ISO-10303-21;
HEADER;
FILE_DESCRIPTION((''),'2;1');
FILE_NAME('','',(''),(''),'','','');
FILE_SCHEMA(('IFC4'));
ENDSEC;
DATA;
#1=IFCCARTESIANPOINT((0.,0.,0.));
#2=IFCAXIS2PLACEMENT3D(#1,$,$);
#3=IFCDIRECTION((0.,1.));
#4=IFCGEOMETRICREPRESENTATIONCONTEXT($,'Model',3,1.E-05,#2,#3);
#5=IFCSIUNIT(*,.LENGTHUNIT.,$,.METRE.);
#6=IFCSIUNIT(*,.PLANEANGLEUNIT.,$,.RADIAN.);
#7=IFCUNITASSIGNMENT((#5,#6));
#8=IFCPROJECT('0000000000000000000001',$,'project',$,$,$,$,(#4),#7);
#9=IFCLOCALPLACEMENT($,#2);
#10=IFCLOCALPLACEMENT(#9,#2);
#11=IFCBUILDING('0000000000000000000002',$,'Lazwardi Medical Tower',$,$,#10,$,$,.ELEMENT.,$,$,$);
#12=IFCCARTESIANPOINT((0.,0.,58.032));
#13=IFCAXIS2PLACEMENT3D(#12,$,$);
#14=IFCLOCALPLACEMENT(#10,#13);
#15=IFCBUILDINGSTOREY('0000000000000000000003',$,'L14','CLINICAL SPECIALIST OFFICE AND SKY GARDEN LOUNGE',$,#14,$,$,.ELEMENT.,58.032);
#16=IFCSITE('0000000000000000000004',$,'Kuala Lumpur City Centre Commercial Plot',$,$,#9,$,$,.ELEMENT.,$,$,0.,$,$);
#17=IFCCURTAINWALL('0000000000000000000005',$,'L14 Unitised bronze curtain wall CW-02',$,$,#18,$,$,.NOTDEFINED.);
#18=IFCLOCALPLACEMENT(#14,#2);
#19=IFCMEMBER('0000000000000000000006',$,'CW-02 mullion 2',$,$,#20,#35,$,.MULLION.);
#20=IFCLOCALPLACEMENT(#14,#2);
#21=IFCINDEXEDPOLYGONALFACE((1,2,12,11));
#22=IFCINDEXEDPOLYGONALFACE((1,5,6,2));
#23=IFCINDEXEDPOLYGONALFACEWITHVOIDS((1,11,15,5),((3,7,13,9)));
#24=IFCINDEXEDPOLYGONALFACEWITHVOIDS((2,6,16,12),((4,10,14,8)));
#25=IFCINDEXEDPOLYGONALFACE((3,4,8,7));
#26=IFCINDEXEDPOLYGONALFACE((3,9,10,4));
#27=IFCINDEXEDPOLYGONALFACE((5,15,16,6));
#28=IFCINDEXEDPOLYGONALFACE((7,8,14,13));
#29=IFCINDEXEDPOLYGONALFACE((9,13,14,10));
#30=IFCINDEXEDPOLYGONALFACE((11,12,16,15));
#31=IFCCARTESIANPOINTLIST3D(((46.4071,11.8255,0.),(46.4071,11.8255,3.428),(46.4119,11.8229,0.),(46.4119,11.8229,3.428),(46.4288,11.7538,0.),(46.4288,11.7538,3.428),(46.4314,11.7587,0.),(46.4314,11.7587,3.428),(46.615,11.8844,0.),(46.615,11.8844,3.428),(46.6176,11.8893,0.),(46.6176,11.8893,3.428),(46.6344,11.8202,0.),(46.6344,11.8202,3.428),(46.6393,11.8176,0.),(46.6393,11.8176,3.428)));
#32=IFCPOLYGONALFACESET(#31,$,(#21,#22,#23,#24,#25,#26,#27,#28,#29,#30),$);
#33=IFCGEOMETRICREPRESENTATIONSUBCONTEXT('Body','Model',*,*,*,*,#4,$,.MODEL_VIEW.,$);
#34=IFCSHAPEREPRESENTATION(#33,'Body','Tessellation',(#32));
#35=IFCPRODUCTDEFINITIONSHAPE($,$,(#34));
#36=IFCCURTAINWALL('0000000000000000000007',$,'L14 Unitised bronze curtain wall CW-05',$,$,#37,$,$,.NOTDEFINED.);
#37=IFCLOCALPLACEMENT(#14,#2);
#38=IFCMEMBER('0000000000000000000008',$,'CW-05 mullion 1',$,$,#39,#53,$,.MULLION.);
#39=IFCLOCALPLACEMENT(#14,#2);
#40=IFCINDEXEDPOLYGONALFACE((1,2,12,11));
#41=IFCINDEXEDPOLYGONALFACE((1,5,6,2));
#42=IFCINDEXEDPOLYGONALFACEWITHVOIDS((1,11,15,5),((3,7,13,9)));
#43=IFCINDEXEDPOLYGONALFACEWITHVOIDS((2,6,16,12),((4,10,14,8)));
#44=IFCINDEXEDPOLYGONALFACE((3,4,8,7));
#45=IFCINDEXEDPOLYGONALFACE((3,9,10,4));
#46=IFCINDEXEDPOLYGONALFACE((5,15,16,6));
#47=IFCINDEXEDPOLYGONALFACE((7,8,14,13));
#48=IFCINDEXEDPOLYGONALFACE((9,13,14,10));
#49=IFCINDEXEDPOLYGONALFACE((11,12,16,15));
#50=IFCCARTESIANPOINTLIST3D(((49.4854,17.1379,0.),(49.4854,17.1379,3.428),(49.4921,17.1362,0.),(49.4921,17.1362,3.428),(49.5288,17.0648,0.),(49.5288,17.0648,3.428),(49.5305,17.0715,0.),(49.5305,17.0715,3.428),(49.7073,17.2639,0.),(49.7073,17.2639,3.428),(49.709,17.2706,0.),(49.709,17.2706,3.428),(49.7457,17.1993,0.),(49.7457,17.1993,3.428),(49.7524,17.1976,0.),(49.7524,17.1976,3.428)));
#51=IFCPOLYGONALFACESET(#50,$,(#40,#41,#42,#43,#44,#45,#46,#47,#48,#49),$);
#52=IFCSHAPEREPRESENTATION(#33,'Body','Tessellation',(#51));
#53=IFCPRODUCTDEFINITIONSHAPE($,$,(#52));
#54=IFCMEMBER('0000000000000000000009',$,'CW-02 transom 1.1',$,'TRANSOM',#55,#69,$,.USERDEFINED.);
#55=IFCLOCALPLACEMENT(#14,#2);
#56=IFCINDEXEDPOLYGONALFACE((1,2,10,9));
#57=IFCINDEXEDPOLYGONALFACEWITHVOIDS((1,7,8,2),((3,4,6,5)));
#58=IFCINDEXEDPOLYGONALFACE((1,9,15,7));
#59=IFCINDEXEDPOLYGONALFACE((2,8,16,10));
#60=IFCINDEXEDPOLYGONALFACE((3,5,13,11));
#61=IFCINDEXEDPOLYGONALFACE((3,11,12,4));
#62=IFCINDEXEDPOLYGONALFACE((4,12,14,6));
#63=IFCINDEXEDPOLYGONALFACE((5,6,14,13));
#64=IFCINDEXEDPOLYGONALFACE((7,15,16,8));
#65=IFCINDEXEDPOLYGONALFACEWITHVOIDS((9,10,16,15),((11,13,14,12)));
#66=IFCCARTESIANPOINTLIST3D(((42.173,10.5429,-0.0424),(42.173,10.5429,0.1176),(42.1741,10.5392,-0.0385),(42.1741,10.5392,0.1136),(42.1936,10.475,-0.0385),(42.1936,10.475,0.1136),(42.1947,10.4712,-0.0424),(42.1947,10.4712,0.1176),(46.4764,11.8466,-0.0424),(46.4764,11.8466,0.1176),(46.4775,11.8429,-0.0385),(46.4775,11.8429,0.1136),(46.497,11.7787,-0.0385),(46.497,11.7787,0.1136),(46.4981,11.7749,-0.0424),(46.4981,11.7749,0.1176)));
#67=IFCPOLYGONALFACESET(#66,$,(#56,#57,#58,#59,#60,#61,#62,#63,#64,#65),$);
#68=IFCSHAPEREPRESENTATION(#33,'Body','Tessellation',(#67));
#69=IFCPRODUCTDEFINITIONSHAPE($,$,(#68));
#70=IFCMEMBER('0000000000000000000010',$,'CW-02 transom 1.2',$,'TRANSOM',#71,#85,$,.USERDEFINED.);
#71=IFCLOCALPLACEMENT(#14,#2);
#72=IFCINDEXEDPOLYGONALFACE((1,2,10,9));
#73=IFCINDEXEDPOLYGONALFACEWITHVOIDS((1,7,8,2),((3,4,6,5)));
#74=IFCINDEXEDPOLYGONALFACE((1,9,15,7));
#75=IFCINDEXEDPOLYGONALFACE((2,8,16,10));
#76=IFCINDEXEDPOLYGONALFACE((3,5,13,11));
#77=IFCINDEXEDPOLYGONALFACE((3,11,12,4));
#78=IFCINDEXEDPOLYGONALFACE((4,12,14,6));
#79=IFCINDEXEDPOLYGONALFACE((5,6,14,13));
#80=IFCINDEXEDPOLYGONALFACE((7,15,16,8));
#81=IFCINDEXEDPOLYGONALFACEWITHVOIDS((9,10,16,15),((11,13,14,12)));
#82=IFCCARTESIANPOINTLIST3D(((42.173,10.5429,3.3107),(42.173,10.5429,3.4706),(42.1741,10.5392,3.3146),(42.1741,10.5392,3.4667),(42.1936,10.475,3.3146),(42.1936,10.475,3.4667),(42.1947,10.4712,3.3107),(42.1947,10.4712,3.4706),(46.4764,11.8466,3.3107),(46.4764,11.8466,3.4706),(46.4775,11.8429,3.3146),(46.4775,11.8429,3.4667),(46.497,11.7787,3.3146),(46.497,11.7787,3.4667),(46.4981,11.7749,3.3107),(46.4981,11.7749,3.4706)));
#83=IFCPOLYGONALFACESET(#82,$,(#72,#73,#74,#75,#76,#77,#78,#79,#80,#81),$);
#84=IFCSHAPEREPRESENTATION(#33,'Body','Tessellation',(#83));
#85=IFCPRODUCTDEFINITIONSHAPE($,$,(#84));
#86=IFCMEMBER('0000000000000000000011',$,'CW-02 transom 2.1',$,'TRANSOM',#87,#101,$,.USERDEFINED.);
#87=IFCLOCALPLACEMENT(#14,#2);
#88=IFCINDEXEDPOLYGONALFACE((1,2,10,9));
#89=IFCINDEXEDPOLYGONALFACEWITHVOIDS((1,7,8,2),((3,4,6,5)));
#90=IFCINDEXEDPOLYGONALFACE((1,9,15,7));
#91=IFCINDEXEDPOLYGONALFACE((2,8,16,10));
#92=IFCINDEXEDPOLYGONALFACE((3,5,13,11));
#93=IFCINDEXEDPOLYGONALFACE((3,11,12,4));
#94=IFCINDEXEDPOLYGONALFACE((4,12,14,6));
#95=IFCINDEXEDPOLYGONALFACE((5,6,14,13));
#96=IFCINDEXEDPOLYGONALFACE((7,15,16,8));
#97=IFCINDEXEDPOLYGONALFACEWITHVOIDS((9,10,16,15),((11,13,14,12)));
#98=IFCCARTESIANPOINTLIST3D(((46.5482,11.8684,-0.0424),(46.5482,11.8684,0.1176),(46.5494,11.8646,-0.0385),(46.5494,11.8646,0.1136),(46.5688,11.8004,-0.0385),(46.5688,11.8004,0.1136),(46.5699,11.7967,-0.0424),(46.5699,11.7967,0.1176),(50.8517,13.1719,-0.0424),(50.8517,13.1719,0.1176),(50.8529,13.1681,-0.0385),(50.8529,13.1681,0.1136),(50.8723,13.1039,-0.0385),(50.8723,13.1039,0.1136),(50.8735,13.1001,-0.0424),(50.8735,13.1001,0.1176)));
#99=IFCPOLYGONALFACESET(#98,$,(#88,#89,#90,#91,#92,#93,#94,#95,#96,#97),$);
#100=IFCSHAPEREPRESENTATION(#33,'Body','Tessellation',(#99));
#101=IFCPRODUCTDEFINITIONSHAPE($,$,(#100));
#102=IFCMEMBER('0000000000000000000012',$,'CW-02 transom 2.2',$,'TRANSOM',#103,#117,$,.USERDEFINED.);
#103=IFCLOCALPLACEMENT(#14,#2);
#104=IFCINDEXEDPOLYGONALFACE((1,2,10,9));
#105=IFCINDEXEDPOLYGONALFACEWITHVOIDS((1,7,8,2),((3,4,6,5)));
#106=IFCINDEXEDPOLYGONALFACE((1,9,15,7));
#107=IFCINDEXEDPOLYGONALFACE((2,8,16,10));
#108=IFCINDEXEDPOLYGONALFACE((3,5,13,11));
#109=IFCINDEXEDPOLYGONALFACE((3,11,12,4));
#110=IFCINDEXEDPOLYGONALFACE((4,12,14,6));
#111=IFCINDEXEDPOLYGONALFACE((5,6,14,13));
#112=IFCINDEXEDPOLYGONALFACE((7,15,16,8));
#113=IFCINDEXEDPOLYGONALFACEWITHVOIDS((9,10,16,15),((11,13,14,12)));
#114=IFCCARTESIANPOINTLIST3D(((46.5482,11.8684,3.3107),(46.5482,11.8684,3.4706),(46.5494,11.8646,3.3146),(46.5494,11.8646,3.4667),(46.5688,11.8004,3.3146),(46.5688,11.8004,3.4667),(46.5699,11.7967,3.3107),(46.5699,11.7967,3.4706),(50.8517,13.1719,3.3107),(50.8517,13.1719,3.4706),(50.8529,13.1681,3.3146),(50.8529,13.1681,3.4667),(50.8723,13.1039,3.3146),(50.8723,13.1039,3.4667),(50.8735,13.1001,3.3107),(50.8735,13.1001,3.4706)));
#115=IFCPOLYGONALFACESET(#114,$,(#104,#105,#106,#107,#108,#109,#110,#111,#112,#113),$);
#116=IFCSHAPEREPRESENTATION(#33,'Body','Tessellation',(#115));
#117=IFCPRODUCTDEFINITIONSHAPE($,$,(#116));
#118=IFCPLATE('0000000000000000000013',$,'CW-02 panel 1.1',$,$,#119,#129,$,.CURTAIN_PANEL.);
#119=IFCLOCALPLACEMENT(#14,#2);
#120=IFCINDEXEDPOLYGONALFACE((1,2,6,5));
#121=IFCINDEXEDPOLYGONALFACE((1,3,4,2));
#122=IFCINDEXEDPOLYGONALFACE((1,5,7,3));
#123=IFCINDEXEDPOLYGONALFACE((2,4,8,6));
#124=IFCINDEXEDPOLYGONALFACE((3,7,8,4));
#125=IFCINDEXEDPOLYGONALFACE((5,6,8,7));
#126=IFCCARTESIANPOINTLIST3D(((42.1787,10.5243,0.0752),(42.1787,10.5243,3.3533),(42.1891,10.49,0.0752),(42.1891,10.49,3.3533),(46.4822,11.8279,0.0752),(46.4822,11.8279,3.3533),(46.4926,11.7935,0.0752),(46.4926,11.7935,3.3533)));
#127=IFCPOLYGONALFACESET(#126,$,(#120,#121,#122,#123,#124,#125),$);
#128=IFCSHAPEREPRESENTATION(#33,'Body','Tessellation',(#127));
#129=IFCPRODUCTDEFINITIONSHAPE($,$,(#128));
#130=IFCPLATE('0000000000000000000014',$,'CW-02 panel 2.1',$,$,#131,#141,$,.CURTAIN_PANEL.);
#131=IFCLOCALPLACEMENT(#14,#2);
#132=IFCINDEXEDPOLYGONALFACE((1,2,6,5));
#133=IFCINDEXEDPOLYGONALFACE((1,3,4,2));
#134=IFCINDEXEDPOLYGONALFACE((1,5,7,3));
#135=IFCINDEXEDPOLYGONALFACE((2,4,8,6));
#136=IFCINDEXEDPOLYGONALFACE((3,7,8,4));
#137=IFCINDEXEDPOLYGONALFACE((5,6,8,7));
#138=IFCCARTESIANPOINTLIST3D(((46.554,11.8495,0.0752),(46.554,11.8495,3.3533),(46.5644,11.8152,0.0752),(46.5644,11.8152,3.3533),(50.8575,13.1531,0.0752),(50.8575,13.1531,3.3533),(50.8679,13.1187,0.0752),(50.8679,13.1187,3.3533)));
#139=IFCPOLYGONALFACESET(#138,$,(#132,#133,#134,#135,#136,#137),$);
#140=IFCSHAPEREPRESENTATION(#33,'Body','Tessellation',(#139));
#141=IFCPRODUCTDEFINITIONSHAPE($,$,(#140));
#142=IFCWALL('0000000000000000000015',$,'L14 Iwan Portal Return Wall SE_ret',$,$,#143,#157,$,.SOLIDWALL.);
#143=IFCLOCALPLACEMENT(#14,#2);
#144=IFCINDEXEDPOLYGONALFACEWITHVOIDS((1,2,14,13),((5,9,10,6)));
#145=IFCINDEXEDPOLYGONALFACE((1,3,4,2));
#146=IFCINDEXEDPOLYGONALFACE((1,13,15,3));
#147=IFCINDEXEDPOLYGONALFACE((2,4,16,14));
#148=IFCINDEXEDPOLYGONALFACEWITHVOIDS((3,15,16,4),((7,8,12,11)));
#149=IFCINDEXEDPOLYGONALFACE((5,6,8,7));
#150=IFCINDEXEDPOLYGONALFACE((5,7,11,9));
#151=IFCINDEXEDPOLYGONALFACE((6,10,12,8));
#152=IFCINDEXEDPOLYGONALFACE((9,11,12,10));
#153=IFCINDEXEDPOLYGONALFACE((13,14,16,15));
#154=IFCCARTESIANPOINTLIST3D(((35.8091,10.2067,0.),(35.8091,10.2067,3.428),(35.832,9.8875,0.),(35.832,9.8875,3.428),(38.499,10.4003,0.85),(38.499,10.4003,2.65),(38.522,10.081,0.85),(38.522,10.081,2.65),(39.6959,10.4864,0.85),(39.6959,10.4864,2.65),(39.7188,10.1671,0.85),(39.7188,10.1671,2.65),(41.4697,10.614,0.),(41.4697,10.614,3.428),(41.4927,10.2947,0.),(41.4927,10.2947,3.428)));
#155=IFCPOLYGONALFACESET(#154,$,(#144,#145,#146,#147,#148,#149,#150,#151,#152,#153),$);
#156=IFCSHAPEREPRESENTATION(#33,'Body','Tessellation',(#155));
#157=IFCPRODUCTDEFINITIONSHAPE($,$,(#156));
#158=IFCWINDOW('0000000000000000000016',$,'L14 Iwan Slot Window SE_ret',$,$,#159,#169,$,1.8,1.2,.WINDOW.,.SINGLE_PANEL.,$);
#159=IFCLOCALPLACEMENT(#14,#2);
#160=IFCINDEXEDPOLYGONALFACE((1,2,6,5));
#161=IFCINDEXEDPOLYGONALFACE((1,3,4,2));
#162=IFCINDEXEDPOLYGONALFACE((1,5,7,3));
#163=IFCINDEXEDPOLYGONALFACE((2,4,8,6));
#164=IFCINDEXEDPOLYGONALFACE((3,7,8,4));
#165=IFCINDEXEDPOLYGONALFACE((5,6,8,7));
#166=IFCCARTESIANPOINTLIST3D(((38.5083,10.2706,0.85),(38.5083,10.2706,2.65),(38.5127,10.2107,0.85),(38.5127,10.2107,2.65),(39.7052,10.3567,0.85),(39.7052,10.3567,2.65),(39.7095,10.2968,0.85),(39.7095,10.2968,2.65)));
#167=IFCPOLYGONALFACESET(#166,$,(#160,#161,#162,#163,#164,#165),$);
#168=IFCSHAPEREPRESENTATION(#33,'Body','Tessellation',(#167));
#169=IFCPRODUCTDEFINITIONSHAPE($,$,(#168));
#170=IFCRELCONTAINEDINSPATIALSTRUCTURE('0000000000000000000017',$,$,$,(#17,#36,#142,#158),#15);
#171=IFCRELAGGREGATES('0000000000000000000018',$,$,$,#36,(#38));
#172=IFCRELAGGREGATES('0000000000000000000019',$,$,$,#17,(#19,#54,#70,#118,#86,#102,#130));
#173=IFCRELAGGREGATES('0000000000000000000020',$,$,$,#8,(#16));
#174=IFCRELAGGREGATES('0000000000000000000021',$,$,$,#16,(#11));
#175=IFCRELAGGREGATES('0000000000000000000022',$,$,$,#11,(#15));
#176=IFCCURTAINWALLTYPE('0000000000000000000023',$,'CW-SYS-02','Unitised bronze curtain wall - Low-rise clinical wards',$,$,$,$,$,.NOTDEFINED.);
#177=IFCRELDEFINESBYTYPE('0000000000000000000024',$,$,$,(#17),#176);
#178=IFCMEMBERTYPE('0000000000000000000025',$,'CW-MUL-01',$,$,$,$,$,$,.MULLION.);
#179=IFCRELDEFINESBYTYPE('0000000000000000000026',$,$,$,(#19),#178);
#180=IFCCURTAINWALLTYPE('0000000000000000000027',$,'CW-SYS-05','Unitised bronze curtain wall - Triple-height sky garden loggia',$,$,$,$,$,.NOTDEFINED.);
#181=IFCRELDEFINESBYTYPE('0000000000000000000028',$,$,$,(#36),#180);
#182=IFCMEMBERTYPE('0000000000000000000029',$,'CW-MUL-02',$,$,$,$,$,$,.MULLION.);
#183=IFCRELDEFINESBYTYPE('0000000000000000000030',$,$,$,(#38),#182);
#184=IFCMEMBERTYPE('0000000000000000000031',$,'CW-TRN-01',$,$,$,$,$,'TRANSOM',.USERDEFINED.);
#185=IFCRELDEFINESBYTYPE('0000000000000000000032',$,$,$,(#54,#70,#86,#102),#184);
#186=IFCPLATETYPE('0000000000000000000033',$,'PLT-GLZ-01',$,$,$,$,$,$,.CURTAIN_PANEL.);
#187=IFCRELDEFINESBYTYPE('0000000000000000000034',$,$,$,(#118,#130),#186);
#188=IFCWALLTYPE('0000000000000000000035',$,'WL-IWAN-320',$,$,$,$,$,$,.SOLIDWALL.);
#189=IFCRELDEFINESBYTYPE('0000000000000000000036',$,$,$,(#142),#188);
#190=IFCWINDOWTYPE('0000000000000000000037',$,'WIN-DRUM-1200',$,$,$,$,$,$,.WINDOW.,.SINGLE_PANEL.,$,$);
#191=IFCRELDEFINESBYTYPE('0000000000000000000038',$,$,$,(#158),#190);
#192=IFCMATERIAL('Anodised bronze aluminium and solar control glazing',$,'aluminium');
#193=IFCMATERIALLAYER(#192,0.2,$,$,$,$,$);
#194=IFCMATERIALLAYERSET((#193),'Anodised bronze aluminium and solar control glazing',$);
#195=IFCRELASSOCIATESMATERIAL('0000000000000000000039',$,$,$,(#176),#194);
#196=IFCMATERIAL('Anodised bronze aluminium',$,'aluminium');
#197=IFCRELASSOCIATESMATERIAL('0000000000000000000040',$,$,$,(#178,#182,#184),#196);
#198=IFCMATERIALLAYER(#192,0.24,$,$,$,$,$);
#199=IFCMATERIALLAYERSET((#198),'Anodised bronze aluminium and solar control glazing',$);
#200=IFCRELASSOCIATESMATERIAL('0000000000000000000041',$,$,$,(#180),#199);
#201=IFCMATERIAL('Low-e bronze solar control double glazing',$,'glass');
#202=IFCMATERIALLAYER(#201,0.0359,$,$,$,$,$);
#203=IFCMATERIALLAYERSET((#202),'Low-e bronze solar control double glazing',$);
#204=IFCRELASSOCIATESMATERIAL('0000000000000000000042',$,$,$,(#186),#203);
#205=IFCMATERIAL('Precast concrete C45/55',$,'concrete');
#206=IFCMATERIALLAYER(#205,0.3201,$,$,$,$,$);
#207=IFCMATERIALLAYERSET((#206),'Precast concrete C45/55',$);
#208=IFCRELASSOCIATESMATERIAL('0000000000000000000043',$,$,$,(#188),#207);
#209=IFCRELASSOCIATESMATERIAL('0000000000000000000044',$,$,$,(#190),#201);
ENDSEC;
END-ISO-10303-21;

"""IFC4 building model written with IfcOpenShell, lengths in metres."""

from ifc_helpers import new_model, si_unit, direction, frame, frame_2d, origin, origin_2d, place, context, subcontext, project, spatial, rectangle, hollow_rectangle, extrude, material, layer, layer_set, material_profile, profile_set, type_object, element, fill, aggregate, save


model = new_model("IFC4")

# Units and contexts
model_context = context("Model", 3, precision=1e-05, world=origin(), true_north=direction((0.0, 1.0)))
body_context = subcontext(model_context, "Body", "Model", "MODEL_VIEW")
ifc_project = project(units=[si_unit("LENGTHUNIT", "METRE"), si_unit("PLANEANGLEUNIT", "RADIAN")], contexts=[model_context])

# Site, building, storey
site_placement = place(None, origin())
site = spatial("IfcSite", under=ifc_project, at=site_placement, Name="Kuala Lumpur City Centre Commercial Plot", CompositionType="ELEMENT", RefElevation=0.0)
building_placement = place(site_placement, origin())
building = spatial("IfcBuilding", under=site, at=building_placement, Name="Lazwardi Medical Tower", CompositionType="ELEMENT")
storey_placement = place(building_placement, frame((0.0, 0.0, 58.032)))
storey = spatial("IfcBuildingStorey", under=building, at=storey_placement, Name="L14", Description="CLINICAL SPECIALIST OFFICE AND SKY GARDEN LOUNGE", CompositionType="ELEMENT", Elevation=58.032)

# Curtain wall, member
ifc_material_1 = material(Name="Anodised bronze aluminium and solar control glazing", Category="aluminium")
ifc_layer_1 = layer(ifc_material_1, 0.2)
ifc_layer_set_1 = layer_set([ifc_layer_1], Name="Anodised bronze aluminium and solar control glazing")
curtain_wall_type_1 = type_object("IfcCurtainWallType", Name="CW-SYS-02", Description="Unitised bronze curtain wall - Low-rise clinical wards", PredefinedType="NOTDEFINED", material=ifc_layer_set_1)
curtain_wall_1_placement = place(storey_placement, origin())
curtain_wall_1 = element("IfcCurtainWall", 1, at=curtain_wall_1_placement, inside=storey, type_object=curtain_wall_type_1, Name="L14 Unitised bronze curtain wall CW-02", PredefinedType="NOTDEFINED")
ifc_material_2 = material(Name="Anodised bronze aluminium", Category="aluminium")
ifc_material_profile_1 = material_profile(ifc_material_2, hollow_rectangle(XDim=0.075, YDim=0.22, WallThickness=0.0039, at=origin_2d()), Name="ALU-MULLION 220x75x4")
ifc_profile_set_1 = profile_set([ifc_material_profile_1], Name="Anodised bronze aluminium")
member_type_1 = type_object("IfcMemberType", Name="CW-MUL-01", PredefinedType="MULLION", material=ifc_profile_set_1)
member_1_placement = place(storey_placement, frame((46.5232, 11.8215, 0.0), z_axis=(0.0, 0.0, 1.0), x_axis=(-0.289896, 0.957058, 0.0)))
member_1 = element("IfcMember", 2, at=member_1_placement, type_object=member_type_1, Name="CW-02 mullion 2", PredefinedType="MULLION", context=body_context, shape_type="SweptSolid", body=[
    extrude(hollow_rectangle(XDim=0.075, YDim=0.22, WallThickness=0.0039, at=origin_2d()), origin(), (0.0, 0.0, 1.0), 3.428),
])

# Curtain wall, member
ifc_layer_2 = layer(ifc_material_1, 0.24)
ifc_layer_set_2 = layer_set([ifc_layer_2], Name="Anodised bronze aluminium and solar control glazing")
curtain_wall_type_2 = type_object("IfcCurtainWallType", Name="CW-SYS-05", Description="Unitised bronze curtain wall - Triple-height sky garden loggia", PredefinedType="NOTDEFINED", material=ifc_layer_set_2)
curtain_wall_2_placement = place(storey_placement, origin())
curtain_wall_2 = element("IfcCurtainWall", 3, at=curtain_wall_2_placement, inside=storey, type_object=curtain_wall_type_2, Name="L14 Unitised bronze curtain wall CW-05", PredefinedType="NOTDEFINED")
ifc_material_profile_2 = material_profile(ifc_material_2, hollow_rectangle(XDim=0.085, YDim=0.26, WallThickness=0.0049, at=origin_2d()), Name="ALU-MULLION 260x85x5")
ifc_profile_set_2 = profile_set([ifc_material_profile_2], Name="Anodised bronze aluminium")
member_type_2 = type_object("IfcMemberType", Name="CW-MUL-02", PredefinedType="MULLION", material=ifc_profile_set_2)
member_2_placement = place(storey_placement, frame((49.6189, 17.1677, 0.0), z_axis=(0.0, 0.0, 1.0), x_axis=(-0.51068, 0.859771, 0.0)))
member_2 = element("IfcMember", 4, at=member_2_placement, type_object=member_type_2, Name="CW-05 mullion 1", PredefinedType="MULLION", context=body_context, shape_type="SweptSolid", body=[
    extrude(hollow_rectangle(XDim=0.085, YDim=0.26, WallThickness=0.0049, at=origin_2d()), origin(), (0.0, 0.0, 1.0), 3.428),
])
aggregate(curtain_wall_2, [member_2])

# Members
ifc_material_profile_3 = material_profile(ifc_material_2, hollow_rectangle(XDim=0.075, YDim=0.1599, WallThickness=0.0039, at=origin_2d()), Name="ALU-TRANSOM 160x75x4")
ifc_profile_set_3 = profile_set([ifc_material_profile_3], Name="Anodised bronze aluminium")
member_type_3 = type_object("IfcMemberType", Name="CW-TRN-01", ElementType="TRANSOM", PredefinedType="USERDEFINED", material=ifc_profile_set_3)
member_3_placement = place(storey_placement, frame((42.1838, 10.5071, 0.0376), z_axis=(0.957047, 0.289932, 0.0), x_axis=(-0.289932, 0.957047, 0.0)))
member_3 = element("IfcMember", 5, at=member_3_placement, type_object=member_type_3, Name="CW-02 transom 1.1", ObjectType="TRANSOM", PredefinedType="USERDEFINED", context=body_context, shape_type="SweptSolid", body=[
    extrude(hollow_rectangle(XDim=0.075, YDim=0.1599, WallThickness=0.0039, at=origin_2d()), origin(), (0.0, 0.0, 1.0), 4.4966),
])
member_4_placement = place(storey_placement, frame((42.1838, 10.5071, 3.3906), z_axis=(0.957047, 0.289932, 0.0), x_axis=(-0.289932, 0.957047, 0.0)))
member_4 = element("IfcMember", 6, at=member_4_placement, type_object=member_type_3, Name="CW-02 transom 1.2", ObjectType="TRANSOM", PredefinedType="USERDEFINED", context=body_context, shape_type="SweptSolid", body=[
    extrude(hollow_rectangle(XDim=0.075, YDim=0.1599, WallThickness=0.0039, at=origin_2d()), origin(), (0.0, 0.0, 1.0), 4.4966),
])
member_5_placement = place(storey_placement, frame((46.5591, 11.8325, 0.0376), z_axis=(0.957062, 0.289882, 0.0), x_axis=(-0.289882, 0.957062, 0.0)))
member_5 = element("IfcMember", 7, at=member_5_placement, type_object=member_type_3, Name="CW-02 transom 2.1", ObjectType="TRANSOM", PredefinedType="USERDEFINED", context=body_context, shape_type="SweptSolid", body=[
    extrude(hollow_rectangle(XDim=0.075, YDim=0.1599, WallThickness=0.0039, at=origin_2d()), origin(), (0.0, 0.0, 1.0), 4.4966),
])
member_6_placement = place(storey_placement, frame((46.5591, 11.8325, 3.3906), z_axis=(0.957062, 0.289882, 0.0), x_axis=(-0.289882, 0.957062, 0.0)))
member_6 = element("IfcMember", 8, at=member_6_placement, type_object=member_type_3, Name="CW-02 transom 2.2", ObjectType="TRANSOM", PredefinedType="USERDEFINED", context=body_context, shape_type="SweptSolid", body=[
    extrude(hollow_rectangle(XDim=0.075, YDim=0.1599, WallThickness=0.0039, at=origin_2d()), origin(), (0.0, 0.0, 1.0), 4.4966),
])

# Plates
ifc_material_3 = material(Name="Low-e bronze solar control double glazing", Category="glass")
ifc_layer_3 = layer(ifc_material_3, 0.0359)
ifc_layer_set_3 = layer_set([ifc_layer_3], Name="Low-e bronze solar control double glazing")
plate_type = type_object("IfcPlateType", Name="PLT-GLZ-01", PredefinedType="CURTAIN_PANEL", material=ifc_layer_set_3)
plate_1_placement = place(storey_placement, frame((44.3357, 11.1589, 0.0752), z_axis=(0.0, 0.0, 1.0), x_axis=(0.957058, 0.289896, 0.0)))
plate_1 = element("IfcPlate", 9, at=plate_1_placement, type_object=plate_type, Name="CW-02 panel 1.1", PredefinedType="CURTAIN_PANEL", context=body_context, shape_type="SweptSolid", body=[
    extrude(rectangle(XDim=4.4966, YDim=0.0359, at=origin_2d()), origin(), (0.0, 0.0, 1.0), 3.2781),
])
plate_2_placement = place(storey_placement, frame((48.7109, 12.4841, 0.0752), z_axis=(0.0, 0.0, 1.0), x_axis=(0.957058, 0.289896, 0.0)))
plate_2 = element("IfcPlate", 10, at=plate_2_placement, type_object=plate_type, Name="CW-02 panel 2.1", PredefinedType="CURTAIN_PANEL", context=body_context, shape_type="SweptSolid", body=[
    extrude(rectangle(XDim=4.4966, YDim=0.0359, at=origin_2d()), origin(), (0.0, 0.0, 1.0), 3.2781),
])
aggregate(curtain_wall_1, [member_1, member_3, member_4, plate_1, member_5, member_6, plate_2])

# Wall, opening, window
ifc_material_4 = material(Name="Precast concrete C45/55", Category="concrete")
ifc_layer_4 = layer(ifc_material_4, 0.3201)
ifc_layer_set_4 = layer_set([ifc_layer_4], Name="Precast concrete C45/55")
wall_type_1 = type_object("IfcWallType", Name="WL-IWAN-320", PredefinedType="SOLIDWALL", material=ifc_layer_set_4)
wall_1_placement = place(storey_placement, frame((35.8206, 10.0471, 0.0), z_axis=(0.0, 0.0, 1.0), x_axis=(0.997422, 0.071755, 0.0)))
wall_1 = element("IfcWall", 11, at=wall_1_placement, inside=storey, type_object=wall_type_1, Name="L14 Iwan Portal Return Wall SE_ret", PredefinedType="SOLIDWALL", context=body_context, shape_type="SweptSolid", body=[
    extrude(rectangle(XDim=5.6753, YDim=0.3201, at=frame_2d((2.8376, 0.0))), origin(), (0.0, 0.0, 1.0), 3.428),
])
opening_1_placement = place(wall_1_placement, frame((2.6968, 0.0, 0.8501)))
opening_1 = element("IfcOpeningElement", 12, at=opening_1_placement, cuts=wall_1, PredefinedType="OPENING", context=body_context, shape_type="SweptSolid", body=[
    extrude(rectangle(XDim=1.2, YDim=1.8, at=frame_2d((0.6001, 0.8999))), frame((0.0, 0.1699, 0.0), z_axis=(0.0, -1.0, 0.0), x_axis=(1.0, 0.0, 0.0)), (0.0, 0.0, 1.0), 0.3401),
])
window_type_1 = type_object("IfcWindowType", Name="WIN-DRUM-1200", PartitioningType="SINGLE_PANEL", PredefinedType="WINDOW", material=ifc_material_3)
window_1_placement = place(opening_1_placement, origin())
window_1 = element("IfcWindow", 13, at=window_1_placement, inside=storey, type_object=window_type_1, Name="L14 Iwan Slot Window SE_ret", OverallHeight=1.8, OverallWidth=1.2, PartitioningType="SINGLE_PANEL", PredefinedType="WINDOW", context=body_context, shape_type="SweptSolid", body=[
    extrude(rectangle(XDim=1.2, YDim=1.8, at=frame_2d((0.6001, 0.8999))), frame((0.0, 0.03, 0.0), z_axis=(0.0, -1.0, 0.0), x_axis=(1.0, 0.0, 0.0)), (0.0, 0.0, 1.0), 0.0601),
])
fill(opening_1, window_1)

save(model, "model.ifc")
